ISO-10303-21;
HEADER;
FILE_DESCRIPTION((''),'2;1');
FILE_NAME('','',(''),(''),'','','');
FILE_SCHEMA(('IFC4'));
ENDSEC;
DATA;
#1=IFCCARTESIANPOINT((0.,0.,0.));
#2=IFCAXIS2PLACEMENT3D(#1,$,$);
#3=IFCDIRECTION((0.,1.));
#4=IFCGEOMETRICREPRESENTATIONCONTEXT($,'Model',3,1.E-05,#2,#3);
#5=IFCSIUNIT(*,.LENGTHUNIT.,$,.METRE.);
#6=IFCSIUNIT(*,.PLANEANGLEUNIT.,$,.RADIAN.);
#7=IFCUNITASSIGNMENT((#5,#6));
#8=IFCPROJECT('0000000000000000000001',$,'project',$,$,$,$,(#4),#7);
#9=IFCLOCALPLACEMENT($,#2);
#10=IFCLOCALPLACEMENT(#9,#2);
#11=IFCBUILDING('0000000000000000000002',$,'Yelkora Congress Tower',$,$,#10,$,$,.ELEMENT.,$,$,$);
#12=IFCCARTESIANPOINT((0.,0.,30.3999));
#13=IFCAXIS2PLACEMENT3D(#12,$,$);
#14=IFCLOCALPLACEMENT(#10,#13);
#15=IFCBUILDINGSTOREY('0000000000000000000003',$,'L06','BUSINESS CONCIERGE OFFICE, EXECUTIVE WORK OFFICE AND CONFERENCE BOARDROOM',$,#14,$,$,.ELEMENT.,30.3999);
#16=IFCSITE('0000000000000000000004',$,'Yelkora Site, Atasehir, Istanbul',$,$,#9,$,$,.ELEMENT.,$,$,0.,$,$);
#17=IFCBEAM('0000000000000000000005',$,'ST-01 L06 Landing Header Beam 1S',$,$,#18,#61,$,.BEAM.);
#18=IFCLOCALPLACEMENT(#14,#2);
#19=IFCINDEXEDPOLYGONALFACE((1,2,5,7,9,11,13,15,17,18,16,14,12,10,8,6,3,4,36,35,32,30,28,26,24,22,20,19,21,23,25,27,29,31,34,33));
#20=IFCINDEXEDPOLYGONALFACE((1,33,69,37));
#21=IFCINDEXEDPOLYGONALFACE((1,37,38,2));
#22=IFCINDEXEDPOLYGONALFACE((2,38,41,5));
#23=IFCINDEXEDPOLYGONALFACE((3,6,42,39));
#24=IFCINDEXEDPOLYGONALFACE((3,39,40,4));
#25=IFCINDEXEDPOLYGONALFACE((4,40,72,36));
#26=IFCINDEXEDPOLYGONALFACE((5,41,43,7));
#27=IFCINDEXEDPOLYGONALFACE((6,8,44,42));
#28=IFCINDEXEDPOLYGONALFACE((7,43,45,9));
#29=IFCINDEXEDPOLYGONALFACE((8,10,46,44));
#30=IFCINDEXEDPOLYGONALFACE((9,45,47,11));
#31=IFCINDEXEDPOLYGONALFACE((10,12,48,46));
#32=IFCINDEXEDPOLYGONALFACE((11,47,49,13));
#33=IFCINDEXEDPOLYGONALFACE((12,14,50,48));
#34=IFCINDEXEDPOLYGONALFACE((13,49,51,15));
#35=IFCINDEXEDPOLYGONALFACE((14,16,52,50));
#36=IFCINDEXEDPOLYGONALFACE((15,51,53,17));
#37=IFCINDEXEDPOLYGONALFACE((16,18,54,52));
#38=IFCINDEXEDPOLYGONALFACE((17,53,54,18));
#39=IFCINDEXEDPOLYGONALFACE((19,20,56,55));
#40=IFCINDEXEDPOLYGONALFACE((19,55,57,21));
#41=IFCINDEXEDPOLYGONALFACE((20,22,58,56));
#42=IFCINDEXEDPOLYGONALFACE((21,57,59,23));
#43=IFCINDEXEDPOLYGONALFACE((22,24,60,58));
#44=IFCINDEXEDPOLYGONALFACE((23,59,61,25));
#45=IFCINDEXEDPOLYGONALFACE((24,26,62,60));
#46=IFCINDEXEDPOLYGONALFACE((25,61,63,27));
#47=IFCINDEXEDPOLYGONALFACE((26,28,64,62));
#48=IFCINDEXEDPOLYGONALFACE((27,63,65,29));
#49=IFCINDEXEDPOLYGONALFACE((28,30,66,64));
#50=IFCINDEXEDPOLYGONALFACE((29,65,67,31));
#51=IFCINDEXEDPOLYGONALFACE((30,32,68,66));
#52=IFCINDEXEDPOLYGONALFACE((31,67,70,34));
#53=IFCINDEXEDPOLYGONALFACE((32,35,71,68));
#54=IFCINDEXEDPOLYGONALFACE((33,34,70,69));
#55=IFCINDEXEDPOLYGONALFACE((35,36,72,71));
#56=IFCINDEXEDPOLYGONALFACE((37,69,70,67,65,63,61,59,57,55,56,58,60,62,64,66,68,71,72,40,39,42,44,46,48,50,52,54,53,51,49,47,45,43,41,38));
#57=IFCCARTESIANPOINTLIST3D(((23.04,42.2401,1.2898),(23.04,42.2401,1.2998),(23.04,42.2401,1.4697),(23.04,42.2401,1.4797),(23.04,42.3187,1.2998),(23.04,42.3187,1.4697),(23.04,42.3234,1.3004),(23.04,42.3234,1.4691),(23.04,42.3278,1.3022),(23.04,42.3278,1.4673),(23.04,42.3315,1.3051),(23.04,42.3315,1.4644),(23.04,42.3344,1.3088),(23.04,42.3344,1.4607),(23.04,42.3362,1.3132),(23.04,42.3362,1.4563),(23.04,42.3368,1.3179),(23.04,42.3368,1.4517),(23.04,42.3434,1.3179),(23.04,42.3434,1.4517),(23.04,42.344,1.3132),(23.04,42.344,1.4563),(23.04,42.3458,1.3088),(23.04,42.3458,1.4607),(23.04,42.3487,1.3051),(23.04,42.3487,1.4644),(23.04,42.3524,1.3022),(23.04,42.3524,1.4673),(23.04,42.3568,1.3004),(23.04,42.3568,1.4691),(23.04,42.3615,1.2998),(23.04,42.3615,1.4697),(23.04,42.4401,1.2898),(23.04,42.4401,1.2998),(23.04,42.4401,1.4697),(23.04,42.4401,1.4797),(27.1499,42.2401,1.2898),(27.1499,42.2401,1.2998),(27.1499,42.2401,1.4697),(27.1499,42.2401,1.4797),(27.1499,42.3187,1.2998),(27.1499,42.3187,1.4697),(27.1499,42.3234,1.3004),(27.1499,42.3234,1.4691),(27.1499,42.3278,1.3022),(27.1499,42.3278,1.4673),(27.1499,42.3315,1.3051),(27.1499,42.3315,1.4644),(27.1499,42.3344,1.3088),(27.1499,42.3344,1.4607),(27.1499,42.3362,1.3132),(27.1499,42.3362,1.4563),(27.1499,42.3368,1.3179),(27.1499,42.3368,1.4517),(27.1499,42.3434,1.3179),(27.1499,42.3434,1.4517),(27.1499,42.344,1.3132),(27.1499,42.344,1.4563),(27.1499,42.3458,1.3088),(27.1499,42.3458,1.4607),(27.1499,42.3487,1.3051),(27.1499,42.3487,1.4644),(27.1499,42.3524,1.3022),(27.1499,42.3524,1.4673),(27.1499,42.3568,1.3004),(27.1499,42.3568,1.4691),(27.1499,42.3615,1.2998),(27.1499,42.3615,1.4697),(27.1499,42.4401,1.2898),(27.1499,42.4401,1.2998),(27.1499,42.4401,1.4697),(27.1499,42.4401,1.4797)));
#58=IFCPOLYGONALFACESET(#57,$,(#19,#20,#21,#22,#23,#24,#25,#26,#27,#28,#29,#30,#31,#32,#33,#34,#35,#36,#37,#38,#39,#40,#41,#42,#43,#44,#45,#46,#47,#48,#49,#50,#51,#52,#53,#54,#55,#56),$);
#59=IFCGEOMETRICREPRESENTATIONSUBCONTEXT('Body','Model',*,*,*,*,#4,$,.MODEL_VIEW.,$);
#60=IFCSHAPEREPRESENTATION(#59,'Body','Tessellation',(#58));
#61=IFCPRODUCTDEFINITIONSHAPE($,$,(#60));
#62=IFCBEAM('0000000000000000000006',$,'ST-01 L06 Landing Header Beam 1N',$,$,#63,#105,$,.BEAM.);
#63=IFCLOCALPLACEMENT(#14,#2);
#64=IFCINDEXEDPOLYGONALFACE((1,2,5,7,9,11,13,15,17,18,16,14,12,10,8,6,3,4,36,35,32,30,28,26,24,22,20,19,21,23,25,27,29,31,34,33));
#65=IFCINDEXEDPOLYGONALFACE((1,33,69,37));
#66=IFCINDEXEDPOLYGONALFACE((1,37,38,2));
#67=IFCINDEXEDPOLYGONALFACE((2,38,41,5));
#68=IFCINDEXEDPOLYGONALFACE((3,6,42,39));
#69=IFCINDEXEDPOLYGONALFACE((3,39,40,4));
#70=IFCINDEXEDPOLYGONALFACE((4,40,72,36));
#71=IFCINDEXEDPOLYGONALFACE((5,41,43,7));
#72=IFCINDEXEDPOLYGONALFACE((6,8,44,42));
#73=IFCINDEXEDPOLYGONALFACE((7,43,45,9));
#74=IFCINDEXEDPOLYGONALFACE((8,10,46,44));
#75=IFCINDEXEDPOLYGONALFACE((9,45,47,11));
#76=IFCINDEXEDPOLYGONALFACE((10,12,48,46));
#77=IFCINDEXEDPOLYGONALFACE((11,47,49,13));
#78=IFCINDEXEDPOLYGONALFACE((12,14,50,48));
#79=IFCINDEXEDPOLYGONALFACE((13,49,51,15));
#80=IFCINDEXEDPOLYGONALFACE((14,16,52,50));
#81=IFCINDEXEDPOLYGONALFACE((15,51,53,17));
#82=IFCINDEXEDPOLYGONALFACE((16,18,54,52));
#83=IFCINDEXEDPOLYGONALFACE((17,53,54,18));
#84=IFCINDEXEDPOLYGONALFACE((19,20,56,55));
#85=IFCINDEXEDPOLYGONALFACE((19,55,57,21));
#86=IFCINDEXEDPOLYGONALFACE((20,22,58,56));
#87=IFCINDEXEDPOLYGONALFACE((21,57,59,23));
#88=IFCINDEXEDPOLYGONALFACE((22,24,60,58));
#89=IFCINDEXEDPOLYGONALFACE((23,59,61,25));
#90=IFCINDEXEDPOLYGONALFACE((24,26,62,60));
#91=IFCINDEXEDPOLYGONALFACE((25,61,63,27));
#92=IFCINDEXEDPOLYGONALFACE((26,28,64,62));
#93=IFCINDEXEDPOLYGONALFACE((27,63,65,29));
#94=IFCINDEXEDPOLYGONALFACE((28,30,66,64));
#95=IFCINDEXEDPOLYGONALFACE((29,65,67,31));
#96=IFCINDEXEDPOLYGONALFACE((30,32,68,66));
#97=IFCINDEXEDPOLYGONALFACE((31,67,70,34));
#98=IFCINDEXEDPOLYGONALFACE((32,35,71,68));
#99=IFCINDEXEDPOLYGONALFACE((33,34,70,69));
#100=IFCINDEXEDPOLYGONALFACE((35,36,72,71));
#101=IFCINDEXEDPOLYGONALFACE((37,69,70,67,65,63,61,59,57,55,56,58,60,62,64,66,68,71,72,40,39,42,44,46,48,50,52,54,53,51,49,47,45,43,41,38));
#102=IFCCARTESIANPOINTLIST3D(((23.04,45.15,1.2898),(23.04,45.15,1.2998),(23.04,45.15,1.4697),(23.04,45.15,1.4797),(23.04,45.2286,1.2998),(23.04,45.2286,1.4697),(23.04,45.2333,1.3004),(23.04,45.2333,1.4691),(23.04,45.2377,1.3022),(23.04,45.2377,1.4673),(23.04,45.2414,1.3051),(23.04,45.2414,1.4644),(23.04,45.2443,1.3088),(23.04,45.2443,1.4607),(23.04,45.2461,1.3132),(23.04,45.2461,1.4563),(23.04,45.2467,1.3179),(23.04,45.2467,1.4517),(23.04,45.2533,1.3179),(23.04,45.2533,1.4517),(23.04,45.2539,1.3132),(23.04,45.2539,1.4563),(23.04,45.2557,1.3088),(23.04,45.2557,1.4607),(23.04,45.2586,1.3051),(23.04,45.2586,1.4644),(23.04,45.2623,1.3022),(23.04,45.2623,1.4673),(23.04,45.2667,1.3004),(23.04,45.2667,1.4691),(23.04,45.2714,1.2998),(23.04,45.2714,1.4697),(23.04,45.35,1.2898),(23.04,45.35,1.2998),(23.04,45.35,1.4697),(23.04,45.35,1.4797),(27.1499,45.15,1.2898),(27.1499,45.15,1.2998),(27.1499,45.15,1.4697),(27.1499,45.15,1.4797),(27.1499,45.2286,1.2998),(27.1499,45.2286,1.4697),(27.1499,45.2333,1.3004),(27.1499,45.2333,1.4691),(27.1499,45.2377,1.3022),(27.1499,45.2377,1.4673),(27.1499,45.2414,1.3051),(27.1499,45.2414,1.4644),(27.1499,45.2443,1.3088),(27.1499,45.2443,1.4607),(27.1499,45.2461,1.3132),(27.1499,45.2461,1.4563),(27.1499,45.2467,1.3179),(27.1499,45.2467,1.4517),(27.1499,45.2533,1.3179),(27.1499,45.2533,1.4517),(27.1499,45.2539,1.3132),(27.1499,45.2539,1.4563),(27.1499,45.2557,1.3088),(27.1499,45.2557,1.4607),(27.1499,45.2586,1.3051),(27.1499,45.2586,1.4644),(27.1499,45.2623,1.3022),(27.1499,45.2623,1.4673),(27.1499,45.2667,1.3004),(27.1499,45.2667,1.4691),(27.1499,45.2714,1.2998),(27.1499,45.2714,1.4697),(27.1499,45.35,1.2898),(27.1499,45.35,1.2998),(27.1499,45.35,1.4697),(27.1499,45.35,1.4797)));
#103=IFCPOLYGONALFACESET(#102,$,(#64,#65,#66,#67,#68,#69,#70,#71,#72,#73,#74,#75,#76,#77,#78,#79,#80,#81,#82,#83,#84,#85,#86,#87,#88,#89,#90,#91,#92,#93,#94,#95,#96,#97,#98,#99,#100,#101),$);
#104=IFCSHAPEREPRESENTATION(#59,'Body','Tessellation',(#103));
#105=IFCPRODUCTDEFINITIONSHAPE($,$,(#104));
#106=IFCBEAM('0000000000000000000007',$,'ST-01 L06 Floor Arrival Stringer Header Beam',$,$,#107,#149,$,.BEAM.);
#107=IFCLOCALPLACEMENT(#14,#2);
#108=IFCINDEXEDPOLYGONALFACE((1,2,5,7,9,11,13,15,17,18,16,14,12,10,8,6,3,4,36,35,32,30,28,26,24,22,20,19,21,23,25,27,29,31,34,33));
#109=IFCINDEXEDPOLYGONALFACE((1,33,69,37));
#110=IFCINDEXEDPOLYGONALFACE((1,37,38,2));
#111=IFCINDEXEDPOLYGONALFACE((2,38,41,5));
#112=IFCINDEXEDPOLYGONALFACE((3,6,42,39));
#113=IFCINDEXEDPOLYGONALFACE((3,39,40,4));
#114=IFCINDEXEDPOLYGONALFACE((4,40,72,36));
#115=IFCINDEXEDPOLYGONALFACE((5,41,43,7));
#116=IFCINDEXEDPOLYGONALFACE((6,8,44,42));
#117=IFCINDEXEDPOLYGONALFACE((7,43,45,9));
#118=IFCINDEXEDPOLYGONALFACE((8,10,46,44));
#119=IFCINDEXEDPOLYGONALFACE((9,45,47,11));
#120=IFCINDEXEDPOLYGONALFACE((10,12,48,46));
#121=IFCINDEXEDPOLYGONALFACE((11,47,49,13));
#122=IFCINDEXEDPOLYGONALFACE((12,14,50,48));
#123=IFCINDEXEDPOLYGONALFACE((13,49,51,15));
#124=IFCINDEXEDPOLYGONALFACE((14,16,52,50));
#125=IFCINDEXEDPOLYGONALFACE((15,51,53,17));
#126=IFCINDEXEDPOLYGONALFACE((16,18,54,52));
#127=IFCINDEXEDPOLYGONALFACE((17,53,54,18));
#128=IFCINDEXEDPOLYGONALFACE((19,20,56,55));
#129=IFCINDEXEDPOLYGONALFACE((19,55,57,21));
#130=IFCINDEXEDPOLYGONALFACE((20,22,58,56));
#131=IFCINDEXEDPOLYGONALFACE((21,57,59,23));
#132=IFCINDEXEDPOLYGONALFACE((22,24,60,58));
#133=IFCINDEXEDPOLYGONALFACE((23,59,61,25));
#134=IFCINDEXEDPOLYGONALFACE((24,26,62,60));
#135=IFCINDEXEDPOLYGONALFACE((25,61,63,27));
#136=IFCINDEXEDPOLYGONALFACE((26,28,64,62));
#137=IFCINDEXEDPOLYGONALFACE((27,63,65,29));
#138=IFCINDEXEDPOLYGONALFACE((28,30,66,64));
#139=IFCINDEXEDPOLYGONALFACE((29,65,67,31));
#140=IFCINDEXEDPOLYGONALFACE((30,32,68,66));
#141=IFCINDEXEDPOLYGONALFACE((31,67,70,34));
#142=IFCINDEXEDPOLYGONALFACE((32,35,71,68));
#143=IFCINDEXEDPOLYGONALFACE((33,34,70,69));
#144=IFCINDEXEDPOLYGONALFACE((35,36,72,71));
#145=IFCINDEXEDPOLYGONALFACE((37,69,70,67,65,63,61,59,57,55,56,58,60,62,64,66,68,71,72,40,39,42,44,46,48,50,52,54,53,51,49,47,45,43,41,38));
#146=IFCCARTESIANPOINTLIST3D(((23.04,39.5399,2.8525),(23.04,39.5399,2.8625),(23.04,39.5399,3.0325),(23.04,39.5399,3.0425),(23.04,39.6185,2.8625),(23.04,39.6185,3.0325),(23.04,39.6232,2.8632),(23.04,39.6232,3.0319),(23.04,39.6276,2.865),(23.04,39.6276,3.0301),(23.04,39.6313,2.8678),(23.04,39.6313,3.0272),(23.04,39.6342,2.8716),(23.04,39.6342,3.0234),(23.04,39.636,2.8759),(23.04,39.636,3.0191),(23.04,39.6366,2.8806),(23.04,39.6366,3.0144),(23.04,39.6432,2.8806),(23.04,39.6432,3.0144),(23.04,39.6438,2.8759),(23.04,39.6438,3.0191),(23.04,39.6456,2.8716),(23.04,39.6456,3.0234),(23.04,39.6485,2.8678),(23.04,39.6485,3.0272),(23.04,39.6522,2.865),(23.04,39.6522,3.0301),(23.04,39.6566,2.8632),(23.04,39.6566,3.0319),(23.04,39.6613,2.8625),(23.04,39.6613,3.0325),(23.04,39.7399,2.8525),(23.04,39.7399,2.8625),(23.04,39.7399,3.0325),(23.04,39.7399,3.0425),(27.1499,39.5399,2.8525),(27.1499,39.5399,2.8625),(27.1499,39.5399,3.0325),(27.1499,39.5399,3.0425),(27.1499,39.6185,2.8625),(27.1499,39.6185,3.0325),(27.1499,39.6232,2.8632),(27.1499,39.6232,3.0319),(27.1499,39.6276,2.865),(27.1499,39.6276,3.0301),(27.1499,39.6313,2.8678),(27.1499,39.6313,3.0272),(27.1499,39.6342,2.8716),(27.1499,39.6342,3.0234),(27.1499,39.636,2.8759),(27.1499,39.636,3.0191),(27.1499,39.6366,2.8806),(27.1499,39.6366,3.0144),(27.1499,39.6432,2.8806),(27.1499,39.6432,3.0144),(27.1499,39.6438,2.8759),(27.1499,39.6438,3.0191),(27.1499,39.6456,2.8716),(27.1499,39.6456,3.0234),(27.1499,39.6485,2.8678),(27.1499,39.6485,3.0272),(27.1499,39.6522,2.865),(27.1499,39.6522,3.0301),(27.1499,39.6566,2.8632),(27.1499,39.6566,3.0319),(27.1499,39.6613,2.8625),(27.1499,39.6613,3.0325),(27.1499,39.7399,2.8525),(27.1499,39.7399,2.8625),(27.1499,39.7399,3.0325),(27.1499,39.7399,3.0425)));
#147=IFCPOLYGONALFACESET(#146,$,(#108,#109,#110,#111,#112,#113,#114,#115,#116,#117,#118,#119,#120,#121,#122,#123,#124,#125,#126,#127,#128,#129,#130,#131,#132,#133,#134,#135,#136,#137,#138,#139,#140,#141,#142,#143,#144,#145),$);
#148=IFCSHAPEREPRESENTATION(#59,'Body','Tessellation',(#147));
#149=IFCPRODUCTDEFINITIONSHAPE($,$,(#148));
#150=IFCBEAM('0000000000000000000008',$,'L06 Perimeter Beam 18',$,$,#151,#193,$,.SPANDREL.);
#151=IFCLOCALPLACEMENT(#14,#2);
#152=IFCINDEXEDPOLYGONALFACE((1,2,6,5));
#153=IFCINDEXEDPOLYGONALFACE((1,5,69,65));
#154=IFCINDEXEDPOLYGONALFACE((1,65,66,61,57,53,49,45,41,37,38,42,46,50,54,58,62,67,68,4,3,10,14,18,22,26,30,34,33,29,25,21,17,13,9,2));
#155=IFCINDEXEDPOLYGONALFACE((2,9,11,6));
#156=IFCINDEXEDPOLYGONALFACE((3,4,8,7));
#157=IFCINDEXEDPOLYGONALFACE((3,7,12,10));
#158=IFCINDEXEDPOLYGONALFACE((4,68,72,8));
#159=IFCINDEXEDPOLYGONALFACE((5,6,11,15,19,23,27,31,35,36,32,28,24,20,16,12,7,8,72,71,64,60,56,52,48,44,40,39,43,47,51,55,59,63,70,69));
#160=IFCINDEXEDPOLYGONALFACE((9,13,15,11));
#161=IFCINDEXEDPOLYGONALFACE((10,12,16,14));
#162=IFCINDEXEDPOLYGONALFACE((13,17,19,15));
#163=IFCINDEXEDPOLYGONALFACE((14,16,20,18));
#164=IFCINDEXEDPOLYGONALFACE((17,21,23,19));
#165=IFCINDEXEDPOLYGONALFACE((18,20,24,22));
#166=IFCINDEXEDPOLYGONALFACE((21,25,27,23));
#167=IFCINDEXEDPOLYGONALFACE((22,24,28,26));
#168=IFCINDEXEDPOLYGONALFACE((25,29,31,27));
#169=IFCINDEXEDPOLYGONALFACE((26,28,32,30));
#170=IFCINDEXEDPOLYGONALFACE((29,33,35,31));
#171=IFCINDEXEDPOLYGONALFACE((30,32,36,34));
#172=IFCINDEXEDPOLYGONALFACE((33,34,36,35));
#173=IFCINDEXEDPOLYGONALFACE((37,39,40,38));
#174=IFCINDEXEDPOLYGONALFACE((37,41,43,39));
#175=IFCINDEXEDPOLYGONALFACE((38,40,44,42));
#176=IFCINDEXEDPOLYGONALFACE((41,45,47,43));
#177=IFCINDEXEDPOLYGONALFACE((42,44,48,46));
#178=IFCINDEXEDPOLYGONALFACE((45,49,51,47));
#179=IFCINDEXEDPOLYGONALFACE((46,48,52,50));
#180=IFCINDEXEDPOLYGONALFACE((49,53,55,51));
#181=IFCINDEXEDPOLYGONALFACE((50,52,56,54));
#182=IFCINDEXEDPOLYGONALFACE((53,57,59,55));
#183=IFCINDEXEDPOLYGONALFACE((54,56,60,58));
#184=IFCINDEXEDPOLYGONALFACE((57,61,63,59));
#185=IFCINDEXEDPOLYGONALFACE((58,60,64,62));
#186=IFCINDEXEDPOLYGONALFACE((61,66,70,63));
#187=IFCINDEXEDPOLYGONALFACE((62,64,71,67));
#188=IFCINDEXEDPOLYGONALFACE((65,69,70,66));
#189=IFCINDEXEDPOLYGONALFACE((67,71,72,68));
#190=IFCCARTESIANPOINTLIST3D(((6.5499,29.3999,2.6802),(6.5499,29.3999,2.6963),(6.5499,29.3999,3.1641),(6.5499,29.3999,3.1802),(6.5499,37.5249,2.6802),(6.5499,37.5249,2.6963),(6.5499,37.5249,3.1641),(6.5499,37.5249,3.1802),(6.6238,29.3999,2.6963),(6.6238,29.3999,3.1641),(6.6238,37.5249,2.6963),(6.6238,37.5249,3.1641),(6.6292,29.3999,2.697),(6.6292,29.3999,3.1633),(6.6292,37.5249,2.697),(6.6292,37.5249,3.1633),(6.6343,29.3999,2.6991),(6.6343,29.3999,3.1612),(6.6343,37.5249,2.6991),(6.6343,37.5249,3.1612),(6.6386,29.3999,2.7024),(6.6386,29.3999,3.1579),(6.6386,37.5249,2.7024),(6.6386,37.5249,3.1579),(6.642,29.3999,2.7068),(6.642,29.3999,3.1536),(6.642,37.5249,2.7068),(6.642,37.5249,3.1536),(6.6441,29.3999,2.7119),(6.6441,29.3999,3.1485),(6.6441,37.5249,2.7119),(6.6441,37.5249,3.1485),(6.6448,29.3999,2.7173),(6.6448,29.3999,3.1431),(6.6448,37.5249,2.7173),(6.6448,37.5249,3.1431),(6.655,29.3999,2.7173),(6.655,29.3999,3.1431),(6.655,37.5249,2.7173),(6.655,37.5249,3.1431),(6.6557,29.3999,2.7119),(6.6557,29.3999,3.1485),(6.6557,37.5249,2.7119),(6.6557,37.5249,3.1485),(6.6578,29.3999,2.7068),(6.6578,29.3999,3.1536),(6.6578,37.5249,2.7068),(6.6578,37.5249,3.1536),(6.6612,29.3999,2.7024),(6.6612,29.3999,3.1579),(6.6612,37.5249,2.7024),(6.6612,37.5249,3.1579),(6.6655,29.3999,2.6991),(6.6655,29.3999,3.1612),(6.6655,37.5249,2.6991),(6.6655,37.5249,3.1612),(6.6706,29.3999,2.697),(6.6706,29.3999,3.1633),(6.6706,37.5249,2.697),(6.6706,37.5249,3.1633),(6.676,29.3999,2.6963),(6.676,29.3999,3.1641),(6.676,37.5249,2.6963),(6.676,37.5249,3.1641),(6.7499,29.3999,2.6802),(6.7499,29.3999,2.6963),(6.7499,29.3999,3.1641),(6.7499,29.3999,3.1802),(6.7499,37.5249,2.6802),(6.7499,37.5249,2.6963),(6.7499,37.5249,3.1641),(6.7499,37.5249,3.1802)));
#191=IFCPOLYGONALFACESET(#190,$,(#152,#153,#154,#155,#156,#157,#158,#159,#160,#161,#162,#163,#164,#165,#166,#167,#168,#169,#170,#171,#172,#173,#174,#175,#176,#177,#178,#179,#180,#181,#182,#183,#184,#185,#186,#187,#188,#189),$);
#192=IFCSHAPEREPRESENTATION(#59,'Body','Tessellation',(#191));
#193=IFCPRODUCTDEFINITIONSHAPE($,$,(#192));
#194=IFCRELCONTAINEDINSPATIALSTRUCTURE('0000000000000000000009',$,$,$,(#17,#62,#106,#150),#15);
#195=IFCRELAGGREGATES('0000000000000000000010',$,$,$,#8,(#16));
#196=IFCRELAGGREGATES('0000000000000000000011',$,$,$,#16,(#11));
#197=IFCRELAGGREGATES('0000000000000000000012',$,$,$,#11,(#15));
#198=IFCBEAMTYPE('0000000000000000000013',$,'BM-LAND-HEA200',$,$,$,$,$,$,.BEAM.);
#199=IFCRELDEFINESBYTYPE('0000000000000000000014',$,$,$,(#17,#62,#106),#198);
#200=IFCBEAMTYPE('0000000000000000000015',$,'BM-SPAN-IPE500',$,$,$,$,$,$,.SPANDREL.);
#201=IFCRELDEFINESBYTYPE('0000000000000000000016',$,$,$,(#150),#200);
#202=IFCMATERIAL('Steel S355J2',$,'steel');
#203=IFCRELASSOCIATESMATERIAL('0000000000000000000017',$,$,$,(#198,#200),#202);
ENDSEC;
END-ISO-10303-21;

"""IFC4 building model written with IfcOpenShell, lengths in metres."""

from ifc_helpers import new_model, si_unit, direction, frame, origin, origin_2d, place, context, subcontext, project, spatial, i_section, extrude, material, material_profile, profile_set, type_object, element, save


model = new_model("IFC4")

# Units and contexts
model_context = context("Model", 3, precision=1e-05, world=origin(), true_north=direction((0.0, 1.0)))
body_context = subcontext(model_context, "Body", "Model", "MODEL_VIEW")
ifc_project = project(units=[si_unit("LENGTHUNIT", "METRE"), si_unit("PLANEANGLEUNIT", "RADIAN")], contexts=[model_context])

# Site, building, storey
site_placement = place(None, origin())
site = spatial("IfcSite", under=ifc_project, at=site_placement, Name="Yelkora Site, Atasehir, Istanbul", CompositionType="ELEMENT", RefElevation=0.0)
building_placement = place(site_placement, origin())
building = spatial("IfcBuilding", under=site, at=building_placement, Name="Yelkora Congress Tower", CompositionType="ELEMENT")
storey_placement = place(building_placement, frame((0.0, 0.0, 30.3999)))
storey = spatial("IfcBuildingStorey", under=building, at=storey_placement, Name="L06", Description="BUSINESS CONCIERGE OFFICE, EXECUTIVE WORK OFFICE AND CONFERENCE BOARDROOM", CompositionType="ELEMENT", Elevation=30.3999)

# Beams
ifc_material_1 = material(Name="Steel S355J2", Category="steel")
ifc_material_profile_1 = material_profile(ifc_material_1, i_section(OverallWidth=0.2, OverallDepth=0.1899, WebThickness=0.0066, FlangeThickness=0.01, FilletRadius=0.0181, at=origin_2d()), Name="HEA 200")
ifc_profile_set_1 = profile_set([ifc_material_profile_1], Name="Steel S355J2")
beam_type_1 = type_object("IfcBeamType", Name="BM-LAND-HEA200", PredefinedType="BEAM", material=ifc_profile_set_1)
for number, where, z_axis, x_axis, name in (
    (1, (23.04, 42.3401, 1.3848), (1.0, 0.0, 0.0), (0.0, 1.0, 0.0), "ST-01 L06 Landing Header Beam 1S"),
    (2, (23.04, 45.25, 1.3848), (1.0, 0.0, 0.0), (0.0, 1.0, 0.0), "ST-01 L06 Landing Header Beam 1N"),
    (3, (23.04, 39.6399, 2.9475), (1.0, 0.0, 0.0), (0.0, 1.0, 0.0), "ST-01 L06 Floor Arrival Stringer Header Beam"),
):
    element("IfcBeam", number, at=place(storey_placement, frame(where, z_axis=z_axis, x_axis=x_axis)), inside=storey, type_object=beam_type_1, Name=name, PredefinedType="BEAM", context=body_context, shape_type="SweptSolid", body=[
        extrude(i_section(OverallWidth=0.2, OverallDepth=0.1899, WebThickness=0.0066, FlangeThickness=0.01, FilletRadius=0.0181, at=origin_2d()), origin(), (0.0, 0.0, 1.0), 4.1099),
    ])
ifc_material_profile_2 = material_profile(ifc_material_1, i_section(OverallWidth=0.2, OverallDepth=0.5, WebThickness=0.0103, FlangeThickness=0.0161, FilletRadius=0.021, at=origin_2d()), Name="IPE 500")
ifc_profile_set_2 = profile_set([ifc_material_profile_2], Name="Steel S355J2")
beam_type_2 = type_object("IfcBeamType", Name="BM-SPAN-IPE500", PredefinedType="SPANDREL", material=ifc_profile_set_2)
beam_1_placement = place(storey_placement, frame((6.6499, 37.5249, 2.9302), z_axis=(0.0, -1.0, 0.0), x_axis=(1.0, 0.0, 0.0)))
element("IfcBeam", 4, at=beam_1_placement, inside=storey, type_object=beam_type_2, Name="L06 Perimeter Beam 18", PredefinedType="SPANDREL", context=body_context, shape_type="SweptSolid", body=[
    extrude(i_section(OverallWidth=0.2, OverallDepth=0.5, WebThickness=0.0103, FlangeThickness=0.0161, FilletRadius=0.021, at=origin_2d()), origin(), (0.0, 0.0, 1.0), 8.125),
])

save(model, "model.ifc")
